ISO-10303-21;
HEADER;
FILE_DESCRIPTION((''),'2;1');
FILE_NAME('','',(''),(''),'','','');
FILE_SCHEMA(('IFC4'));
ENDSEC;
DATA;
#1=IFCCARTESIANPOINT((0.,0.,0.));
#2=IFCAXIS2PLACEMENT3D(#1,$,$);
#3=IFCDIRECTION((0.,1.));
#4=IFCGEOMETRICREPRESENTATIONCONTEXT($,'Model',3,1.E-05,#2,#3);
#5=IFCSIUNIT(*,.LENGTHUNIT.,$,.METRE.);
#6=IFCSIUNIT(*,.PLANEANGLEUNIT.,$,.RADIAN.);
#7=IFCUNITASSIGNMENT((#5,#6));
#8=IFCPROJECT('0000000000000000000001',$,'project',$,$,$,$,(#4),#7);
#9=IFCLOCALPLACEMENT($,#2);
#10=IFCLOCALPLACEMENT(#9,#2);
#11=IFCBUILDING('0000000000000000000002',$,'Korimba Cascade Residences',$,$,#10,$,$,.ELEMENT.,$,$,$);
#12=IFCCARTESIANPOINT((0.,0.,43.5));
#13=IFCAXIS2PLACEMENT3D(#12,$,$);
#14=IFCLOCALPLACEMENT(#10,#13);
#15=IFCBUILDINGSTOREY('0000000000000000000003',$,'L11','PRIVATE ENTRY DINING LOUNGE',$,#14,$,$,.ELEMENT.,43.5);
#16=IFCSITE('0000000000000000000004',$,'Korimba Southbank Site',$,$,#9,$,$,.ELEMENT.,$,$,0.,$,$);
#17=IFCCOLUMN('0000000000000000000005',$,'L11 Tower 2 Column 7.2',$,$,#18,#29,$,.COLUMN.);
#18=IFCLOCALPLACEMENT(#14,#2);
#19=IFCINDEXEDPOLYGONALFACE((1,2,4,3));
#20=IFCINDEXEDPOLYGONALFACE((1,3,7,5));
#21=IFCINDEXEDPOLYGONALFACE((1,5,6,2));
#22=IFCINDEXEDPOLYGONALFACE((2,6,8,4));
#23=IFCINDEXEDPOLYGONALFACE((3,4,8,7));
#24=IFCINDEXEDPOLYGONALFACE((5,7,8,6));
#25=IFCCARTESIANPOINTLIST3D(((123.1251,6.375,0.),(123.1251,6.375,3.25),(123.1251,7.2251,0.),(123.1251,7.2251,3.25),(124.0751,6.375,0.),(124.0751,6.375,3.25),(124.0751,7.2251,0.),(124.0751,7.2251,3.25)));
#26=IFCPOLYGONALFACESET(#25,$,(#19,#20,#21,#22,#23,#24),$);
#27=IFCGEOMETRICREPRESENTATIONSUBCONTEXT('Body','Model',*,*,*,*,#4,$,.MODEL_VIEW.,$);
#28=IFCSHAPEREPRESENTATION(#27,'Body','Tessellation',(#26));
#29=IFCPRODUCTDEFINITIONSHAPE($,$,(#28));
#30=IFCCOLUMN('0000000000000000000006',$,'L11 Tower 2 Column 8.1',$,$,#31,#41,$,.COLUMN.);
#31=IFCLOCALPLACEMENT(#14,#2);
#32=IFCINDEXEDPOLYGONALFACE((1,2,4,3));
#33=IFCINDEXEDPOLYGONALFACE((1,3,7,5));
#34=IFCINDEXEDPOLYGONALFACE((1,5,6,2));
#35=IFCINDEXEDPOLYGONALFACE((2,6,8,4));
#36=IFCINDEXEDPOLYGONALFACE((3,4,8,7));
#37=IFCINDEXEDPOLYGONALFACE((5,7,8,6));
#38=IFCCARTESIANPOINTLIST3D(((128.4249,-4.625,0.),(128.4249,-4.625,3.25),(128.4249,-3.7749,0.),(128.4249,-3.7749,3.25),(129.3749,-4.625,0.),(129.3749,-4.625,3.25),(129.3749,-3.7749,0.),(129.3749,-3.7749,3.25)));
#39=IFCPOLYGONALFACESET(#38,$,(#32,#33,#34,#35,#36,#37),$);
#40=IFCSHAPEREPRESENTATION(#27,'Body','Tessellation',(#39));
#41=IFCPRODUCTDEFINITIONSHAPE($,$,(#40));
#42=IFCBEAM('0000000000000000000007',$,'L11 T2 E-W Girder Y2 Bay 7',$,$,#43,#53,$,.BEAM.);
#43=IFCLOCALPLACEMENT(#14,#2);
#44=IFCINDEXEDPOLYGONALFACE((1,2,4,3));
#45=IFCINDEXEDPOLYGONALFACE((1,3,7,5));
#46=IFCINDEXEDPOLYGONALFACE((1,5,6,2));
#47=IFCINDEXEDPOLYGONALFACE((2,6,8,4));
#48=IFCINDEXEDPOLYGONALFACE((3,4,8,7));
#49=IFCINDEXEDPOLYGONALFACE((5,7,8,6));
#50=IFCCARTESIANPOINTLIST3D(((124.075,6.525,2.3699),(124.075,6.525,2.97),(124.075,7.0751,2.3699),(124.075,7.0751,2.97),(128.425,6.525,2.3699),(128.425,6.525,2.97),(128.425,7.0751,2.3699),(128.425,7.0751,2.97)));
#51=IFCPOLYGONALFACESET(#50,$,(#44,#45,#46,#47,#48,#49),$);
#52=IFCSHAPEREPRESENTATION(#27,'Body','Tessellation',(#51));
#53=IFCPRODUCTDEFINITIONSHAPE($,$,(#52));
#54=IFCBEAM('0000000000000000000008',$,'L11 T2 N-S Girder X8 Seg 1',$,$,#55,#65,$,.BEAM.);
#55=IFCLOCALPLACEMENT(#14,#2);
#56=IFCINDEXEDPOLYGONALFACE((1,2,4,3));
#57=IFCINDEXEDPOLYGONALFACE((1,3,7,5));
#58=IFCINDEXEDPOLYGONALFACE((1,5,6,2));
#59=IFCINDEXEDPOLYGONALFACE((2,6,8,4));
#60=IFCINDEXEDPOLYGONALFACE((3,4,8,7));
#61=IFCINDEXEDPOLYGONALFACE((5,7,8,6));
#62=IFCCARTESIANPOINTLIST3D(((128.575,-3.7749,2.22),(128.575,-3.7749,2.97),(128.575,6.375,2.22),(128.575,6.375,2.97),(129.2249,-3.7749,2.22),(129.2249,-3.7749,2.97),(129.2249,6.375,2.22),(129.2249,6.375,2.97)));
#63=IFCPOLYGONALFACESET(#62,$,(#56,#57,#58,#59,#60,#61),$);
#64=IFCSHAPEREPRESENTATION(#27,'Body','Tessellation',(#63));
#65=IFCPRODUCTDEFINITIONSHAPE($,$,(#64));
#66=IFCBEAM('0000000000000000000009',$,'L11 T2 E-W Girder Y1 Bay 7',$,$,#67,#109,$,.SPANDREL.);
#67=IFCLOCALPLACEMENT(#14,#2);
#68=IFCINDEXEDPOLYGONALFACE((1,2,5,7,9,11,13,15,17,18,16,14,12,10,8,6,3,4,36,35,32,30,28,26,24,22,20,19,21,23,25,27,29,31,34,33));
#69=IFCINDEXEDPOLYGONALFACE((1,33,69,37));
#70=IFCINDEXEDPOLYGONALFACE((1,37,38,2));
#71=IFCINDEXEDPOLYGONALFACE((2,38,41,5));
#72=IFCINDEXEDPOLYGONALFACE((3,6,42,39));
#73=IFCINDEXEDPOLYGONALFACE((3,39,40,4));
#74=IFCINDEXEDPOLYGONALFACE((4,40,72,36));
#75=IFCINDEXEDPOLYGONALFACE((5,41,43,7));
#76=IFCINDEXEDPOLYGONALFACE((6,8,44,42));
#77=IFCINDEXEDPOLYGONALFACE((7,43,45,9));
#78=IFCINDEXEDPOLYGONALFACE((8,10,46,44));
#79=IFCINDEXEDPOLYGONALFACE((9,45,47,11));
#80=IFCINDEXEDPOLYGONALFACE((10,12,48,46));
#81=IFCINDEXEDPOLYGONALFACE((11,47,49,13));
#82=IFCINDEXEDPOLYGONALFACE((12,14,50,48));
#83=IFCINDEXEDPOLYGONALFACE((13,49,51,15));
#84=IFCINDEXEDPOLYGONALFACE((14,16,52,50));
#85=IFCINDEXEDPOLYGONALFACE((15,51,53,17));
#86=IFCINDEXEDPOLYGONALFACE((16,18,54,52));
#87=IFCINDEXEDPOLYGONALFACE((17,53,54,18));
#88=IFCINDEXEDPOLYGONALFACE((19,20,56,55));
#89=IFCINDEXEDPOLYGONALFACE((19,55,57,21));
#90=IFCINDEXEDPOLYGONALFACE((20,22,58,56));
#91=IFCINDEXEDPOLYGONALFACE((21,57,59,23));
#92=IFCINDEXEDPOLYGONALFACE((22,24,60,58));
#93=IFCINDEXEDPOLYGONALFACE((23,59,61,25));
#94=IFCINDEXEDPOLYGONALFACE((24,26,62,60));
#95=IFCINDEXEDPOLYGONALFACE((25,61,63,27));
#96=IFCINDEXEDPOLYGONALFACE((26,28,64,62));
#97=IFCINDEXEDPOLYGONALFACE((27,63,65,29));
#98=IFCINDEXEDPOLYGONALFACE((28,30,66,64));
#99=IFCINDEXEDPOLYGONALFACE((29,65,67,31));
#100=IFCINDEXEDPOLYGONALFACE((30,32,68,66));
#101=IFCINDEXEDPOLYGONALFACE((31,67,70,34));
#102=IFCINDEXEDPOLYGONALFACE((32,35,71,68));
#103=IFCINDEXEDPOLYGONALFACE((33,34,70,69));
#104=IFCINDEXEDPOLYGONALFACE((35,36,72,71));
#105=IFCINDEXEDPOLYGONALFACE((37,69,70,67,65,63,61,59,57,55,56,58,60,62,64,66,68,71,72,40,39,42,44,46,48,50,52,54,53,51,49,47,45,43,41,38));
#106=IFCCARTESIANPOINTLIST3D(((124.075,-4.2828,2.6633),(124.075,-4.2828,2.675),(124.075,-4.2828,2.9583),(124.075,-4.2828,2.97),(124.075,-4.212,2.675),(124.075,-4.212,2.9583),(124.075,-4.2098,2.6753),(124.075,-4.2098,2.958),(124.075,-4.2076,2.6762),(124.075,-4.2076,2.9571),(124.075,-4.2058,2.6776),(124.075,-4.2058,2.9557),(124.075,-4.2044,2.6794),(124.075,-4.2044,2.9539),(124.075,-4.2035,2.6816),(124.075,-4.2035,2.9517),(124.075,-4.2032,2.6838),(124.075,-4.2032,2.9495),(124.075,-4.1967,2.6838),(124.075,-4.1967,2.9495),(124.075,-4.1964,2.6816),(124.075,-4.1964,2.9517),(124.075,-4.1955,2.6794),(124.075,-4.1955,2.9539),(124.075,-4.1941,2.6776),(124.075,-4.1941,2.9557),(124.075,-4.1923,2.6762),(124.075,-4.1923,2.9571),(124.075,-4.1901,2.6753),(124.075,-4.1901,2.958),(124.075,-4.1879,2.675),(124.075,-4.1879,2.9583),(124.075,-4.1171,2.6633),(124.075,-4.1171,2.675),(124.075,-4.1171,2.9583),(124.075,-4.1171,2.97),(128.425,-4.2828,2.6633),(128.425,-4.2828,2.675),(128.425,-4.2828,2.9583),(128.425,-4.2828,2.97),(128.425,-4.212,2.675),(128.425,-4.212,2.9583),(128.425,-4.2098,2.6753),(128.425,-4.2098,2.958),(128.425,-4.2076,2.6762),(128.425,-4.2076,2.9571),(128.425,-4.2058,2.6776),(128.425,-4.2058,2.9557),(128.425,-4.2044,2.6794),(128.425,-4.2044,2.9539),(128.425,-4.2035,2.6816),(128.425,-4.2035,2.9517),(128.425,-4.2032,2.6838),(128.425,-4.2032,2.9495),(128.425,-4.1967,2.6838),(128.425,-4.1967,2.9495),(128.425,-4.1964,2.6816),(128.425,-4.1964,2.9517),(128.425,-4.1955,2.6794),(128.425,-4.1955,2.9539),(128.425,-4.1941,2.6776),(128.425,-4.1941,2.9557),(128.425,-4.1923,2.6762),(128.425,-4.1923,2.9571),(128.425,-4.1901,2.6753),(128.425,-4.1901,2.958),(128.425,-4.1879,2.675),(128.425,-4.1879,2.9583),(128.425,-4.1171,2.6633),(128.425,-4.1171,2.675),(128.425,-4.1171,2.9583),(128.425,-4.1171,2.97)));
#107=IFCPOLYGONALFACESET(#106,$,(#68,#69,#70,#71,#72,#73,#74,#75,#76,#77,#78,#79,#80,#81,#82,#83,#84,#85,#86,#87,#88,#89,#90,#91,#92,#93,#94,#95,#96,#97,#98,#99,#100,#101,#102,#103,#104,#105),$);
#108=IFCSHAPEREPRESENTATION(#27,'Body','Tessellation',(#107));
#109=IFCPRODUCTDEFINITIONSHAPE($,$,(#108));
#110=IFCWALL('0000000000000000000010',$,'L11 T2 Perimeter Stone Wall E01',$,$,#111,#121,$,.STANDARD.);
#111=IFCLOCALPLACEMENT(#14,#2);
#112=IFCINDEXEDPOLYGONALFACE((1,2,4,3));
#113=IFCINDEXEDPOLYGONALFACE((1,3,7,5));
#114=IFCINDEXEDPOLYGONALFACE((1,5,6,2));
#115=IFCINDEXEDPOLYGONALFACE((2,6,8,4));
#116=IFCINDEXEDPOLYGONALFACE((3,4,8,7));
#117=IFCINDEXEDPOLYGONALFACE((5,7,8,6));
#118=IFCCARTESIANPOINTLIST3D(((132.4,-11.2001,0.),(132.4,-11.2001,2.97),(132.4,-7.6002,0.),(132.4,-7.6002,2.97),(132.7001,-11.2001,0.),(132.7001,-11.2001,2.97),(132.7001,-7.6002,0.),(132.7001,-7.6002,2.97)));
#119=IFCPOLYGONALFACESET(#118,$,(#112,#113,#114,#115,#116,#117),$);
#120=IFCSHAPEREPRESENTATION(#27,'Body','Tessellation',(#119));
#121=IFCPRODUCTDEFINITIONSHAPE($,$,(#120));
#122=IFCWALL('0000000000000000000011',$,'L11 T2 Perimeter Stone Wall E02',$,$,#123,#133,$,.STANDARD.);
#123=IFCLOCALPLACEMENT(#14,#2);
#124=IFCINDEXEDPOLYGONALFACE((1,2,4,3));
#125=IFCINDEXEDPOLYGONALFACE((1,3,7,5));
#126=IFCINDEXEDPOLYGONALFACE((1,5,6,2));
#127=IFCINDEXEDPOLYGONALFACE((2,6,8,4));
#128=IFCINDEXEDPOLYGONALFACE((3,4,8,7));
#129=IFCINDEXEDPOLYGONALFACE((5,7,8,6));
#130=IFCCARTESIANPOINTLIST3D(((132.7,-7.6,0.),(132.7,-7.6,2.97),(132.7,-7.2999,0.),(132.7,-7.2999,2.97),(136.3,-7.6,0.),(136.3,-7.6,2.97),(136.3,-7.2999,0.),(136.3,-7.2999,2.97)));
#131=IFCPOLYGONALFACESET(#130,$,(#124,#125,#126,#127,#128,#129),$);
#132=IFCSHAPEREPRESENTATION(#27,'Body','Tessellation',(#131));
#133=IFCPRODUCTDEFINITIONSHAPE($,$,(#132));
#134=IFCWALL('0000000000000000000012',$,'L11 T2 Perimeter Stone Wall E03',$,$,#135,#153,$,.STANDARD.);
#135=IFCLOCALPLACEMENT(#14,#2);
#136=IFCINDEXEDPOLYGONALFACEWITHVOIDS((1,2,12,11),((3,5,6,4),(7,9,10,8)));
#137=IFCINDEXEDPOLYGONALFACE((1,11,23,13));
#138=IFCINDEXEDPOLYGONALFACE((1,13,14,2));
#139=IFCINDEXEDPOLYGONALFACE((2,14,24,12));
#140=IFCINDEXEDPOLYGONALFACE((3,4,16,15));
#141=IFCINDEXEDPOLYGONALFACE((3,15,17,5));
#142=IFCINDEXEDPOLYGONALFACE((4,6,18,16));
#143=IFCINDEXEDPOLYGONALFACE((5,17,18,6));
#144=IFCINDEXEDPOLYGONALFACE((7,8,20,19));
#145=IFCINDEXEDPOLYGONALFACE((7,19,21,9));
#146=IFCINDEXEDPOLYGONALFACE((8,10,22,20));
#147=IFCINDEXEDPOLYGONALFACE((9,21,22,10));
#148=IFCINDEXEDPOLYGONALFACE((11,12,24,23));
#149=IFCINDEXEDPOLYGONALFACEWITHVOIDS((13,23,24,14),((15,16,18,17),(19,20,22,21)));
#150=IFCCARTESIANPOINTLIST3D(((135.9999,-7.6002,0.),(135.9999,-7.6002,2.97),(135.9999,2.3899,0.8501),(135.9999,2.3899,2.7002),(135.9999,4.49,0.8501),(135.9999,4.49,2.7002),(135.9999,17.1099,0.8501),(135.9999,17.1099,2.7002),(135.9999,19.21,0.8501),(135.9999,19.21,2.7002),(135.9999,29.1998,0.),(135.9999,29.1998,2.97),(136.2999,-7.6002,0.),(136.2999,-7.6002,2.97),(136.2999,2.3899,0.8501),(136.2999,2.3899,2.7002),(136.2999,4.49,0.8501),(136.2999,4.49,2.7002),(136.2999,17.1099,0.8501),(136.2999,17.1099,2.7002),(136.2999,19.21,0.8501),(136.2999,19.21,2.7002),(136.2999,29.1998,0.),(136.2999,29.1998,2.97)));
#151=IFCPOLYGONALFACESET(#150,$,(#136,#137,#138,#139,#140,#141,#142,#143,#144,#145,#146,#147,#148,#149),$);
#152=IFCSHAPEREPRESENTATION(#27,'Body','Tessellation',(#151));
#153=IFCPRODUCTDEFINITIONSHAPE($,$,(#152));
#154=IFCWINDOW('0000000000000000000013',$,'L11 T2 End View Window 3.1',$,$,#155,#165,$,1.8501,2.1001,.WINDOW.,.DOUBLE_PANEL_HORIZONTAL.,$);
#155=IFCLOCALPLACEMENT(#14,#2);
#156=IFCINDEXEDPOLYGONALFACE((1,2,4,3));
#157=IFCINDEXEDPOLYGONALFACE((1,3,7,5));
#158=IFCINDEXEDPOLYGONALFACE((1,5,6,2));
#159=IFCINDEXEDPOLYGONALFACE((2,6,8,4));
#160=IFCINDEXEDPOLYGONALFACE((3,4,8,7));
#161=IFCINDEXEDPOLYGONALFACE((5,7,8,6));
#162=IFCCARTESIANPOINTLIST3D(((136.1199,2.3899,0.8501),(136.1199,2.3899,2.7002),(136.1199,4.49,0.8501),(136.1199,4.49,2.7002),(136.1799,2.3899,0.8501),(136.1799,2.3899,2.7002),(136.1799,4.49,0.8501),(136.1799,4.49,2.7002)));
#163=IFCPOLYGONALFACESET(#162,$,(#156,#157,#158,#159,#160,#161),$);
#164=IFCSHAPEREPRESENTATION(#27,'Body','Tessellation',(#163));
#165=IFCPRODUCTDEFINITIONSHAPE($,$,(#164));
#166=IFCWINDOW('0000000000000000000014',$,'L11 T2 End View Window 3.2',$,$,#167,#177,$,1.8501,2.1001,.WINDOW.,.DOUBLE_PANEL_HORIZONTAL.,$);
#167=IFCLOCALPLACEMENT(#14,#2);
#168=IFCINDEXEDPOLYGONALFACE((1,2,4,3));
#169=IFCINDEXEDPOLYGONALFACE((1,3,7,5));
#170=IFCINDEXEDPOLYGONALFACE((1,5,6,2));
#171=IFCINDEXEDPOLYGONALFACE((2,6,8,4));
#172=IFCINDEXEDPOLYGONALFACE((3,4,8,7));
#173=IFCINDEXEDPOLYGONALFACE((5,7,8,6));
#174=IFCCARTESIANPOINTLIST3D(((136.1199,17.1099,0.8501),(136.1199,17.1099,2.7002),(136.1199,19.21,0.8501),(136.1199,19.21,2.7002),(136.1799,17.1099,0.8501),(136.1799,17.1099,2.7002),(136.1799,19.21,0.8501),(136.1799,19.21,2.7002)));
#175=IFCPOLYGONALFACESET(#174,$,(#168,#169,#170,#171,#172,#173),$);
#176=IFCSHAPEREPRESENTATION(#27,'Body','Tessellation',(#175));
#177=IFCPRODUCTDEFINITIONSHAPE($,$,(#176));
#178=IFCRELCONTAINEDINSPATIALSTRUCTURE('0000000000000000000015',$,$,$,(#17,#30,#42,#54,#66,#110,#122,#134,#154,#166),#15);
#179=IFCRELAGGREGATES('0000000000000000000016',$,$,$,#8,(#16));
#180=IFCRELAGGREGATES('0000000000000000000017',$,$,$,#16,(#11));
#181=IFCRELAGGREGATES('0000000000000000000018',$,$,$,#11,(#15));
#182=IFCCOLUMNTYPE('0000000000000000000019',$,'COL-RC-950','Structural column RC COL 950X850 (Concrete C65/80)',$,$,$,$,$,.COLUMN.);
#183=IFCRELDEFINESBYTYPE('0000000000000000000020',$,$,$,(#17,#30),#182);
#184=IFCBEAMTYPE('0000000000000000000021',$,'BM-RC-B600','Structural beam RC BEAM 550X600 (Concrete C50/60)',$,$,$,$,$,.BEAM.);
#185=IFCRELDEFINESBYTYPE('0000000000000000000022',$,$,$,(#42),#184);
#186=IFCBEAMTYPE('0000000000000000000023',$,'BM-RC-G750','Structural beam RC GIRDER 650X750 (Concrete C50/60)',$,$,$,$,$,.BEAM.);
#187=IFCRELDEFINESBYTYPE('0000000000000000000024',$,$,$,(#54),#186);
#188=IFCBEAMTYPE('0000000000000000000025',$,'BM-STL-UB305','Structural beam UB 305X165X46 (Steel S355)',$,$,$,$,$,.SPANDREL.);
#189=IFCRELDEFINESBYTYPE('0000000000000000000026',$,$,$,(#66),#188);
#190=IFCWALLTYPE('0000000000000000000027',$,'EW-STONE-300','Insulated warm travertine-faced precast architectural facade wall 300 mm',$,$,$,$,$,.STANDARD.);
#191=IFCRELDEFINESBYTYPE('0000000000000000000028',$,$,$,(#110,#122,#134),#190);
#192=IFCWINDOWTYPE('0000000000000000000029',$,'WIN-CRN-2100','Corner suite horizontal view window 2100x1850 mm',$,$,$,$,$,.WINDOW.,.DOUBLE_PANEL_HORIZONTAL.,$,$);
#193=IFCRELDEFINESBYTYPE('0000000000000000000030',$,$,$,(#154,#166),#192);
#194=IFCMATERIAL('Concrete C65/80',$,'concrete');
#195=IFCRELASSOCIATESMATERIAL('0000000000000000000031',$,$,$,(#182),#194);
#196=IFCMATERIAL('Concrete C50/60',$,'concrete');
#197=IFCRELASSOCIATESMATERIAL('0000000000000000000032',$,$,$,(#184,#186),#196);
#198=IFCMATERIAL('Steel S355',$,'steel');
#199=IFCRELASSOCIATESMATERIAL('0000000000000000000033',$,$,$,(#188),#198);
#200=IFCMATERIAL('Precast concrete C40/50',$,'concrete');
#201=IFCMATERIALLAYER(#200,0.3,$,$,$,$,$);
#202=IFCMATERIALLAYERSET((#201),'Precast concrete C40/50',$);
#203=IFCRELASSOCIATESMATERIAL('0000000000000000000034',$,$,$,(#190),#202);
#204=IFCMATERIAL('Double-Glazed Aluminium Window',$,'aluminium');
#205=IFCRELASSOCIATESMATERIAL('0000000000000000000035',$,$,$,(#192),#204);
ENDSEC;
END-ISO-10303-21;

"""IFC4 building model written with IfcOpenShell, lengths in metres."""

from ifc_helpers import new_model, si_unit, direction, frame, frame_2d, origin, origin_2d, place, context, subcontext, project, spatial, rectangle, i_section, extrude, material, layer, layer_set, material_profile, profile_set, type_object, element, fill, save


model = new_model("IFC4")

# Units and contexts
model_context = context("Model", 3, precision=1e-05, world=origin(), true_north=direction((0.0, 1.0)))
body_context = subcontext(model_context, "Body", "Model", "MODEL_VIEW")
ifc_project = project(units=[si_unit("LENGTHUNIT", "METRE"), si_unit("PLANEANGLEUNIT", "RADIAN")], contexts=[model_context])

# Site, building, storey
site_placement = place(None, origin())
site = spatial("IfcSite", under=ifc_project, at=site_placement, Name="Korimba Southbank Site", CompositionType="ELEMENT", RefElevation=0.0)
building_placement = place(site_placement, origin())
building = spatial("IfcBuilding", under=site, at=building_placement, Name="Korimba Cascade Residences", CompositionType="ELEMENT")
storey_placement = place(building_placement, frame((0.0, 0.0, 43.5)))
storey = spatial("IfcBuildingStorey", under=building, at=storey_placement, Name="L11", Description="PRIVATE ENTRY DINING LOUNGE", CompositionType="ELEMENT", Elevation=43.5)

# Columns
ifc_material_1 = material(Name="Concrete C65/80", Category="concrete")
ifc_material_profile_1 = material_profile(ifc_material_1, rectangle(XDim=0.95, YDim=0.8501, at=origin_2d()), Name="Concrete C65/80")
ifc_profile_set_1 = profile_set([ifc_material_profile_1], Name="Concrete C65/80")
column_type = type_object("IfcColumnType", Name="COL-RC-950", Description="Structural column RC COL 950X850 (Concrete C65/80)", PredefinedType="COLUMN", material=ifc_profile_set_1)
for number, where, z_axis, x_axis, name in (
    (1, (123.6001, 6.8, 0.0), (0.0, 0.0, 1.0), (1.0, 0.0, 0.0), "L11 Tower 2 Column 7.2"),
    (2, (128.8999, -4.2, 0.0), (0.0, 0.0, 1.0), (1.0, 0.0, 0.0), "L11 Tower 2 Column 8.1"),
):
    element("IfcColumn", number, at=place(storey_placement, frame(where, z_axis=z_axis, x_axis=x_axis)), inside=storey, type_object=column_type, Name=name, PredefinedType="COLUMN", context=body_context, shape_type="SweptSolid", body=[
        extrude(rectangle(XDim=0.95, YDim=0.8501, at=origin_2d()), origin(), (0.0, 0.0, 1.0), 3.25),
    ])

# Beams
ifc_material_2 = material(Name="Concrete C50/60", Category="concrete")
ifc_material_profile_2 = material_profile(ifc_material_2, rectangle(XDim=0.55, YDim=0.6001, at=origin_2d()), Name="Concrete C50/60")
ifc_profile_set_2 = profile_set([ifc_material_profile_2], Name="Concrete C50/60")
beam_type_1 = type_object("IfcBeamType", Name="BM-RC-B600", Description="Structural beam RC BEAM 550X600 (Concrete C50/60)", PredefinedType="BEAM", material=ifc_profile_set_2)
beam_1_placement = place(storey_placement, frame((124.075, 6.8, 2.6699), z_axis=(1.0, 0.0, 0.0), x_axis=(0.0, 1.0, 0.0)))
element("IfcBeam", 3, at=beam_1_placement, inside=storey, type_object=beam_type_1, Name="L11 T2 E-W Girder Y2 Bay 7", PredefinedType="BEAM", context=body_context, shape_type="SweptSolid", body=[
    extrude(rectangle(XDim=0.55, YDim=0.6001, at=origin_2d()), origin(), (0.0, 0.0, 1.0), 4.3501),
])
ifc_material_profile_3 = material_profile(ifc_material_2, rectangle(XDim=0.6499, YDim=0.75, at=origin_2d()), Name="Concrete C50/60")
ifc_profile_set_3 = profile_set([ifc_material_profile_3], Name="Concrete C50/60")
beam_type_2 = type_object("IfcBeamType", Name="BM-RC-G750", Description="Structural beam RC GIRDER 650X750 (Concrete C50/60)", PredefinedType="BEAM", material=ifc_profile_set_3)
beam_2_placement = place(storey_placement, frame((128.8999, -3.7749, 2.595), z_axis=(0.0, 1.0, 0.0), x_axis=(-1.0, 0.0, 0.0)))
element("IfcBeam", 4, at=beam_2_placement, inside=storey, type_object=beam_type_2, Name="L11 T2 N-S Girder X8 Seg 1", PredefinedType="BEAM", context=body_context, shape_type="SweptSolid", body=[
    extrude(rectangle(XDim=0.6499, YDim=0.75, at=origin_2d()), origin(), (0.0, 0.0, 1.0), 10.1499),
])
ifc_material_3 = material(Name="Steel S355", Category="steel")
ifc_material_profile_4 = material_profile(ifc_material_3, i_section(OverallWidth=0.1658, OverallDepth=0.3066, WebThickness=0.0066, FlangeThickness=0.0117, FilletRadius=0.0088, at=origin_2d()), Name="Steel S355")
ifc_profile_set_4 = profile_set([ifc_material_profile_4], Name="Steel S355")
beam_type_3 = type_object("IfcBeamType", Name="BM-STL-UB305", Description="Structural beam UB 305X165X46 (Steel S355)", PredefinedType="SPANDREL", material=ifc_profile_set_4)
beam_3_placement = place(storey_placement, frame((124.075, -4.2, 2.8167), z_axis=(1.0, 0.0, 0.0), x_axis=(0.0, 1.0, 0.0)))
element("IfcBeam", 5, at=beam_3_placement, inside=storey, type_object=beam_type_3, Name="L11 T2 E-W Girder Y1 Bay 7", PredefinedType="SPANDREL", context=body_context, shape_type="SweptSolid", body=[
    extrude(i_section(OverallWidth=0.1658, OverallDepth=0.3066, WebThickness=0.0066, FlangeThickness=0.0117, FilletRadius=0.0088, at=origin_2d()), origin(), (0.0, 0.0, 1.0), 4.3501),
])

# Walls
ifc_material_4 = material(Name="Precast concrete C40/50", Category="concrete")
ifc_layer_1 = layer(ifc_material_4, 0.3)
ifc_layer_set_1 = layer_set([ifc_layer_1], Name="Precast concrete C40/50")
wall_type_1 = type_object("IfcWallType", Name="EW-STONE-300", Description="Insulated warm travertine-faced precast architectural facade wall 300 mm", PredefinedType="STANDARD", material=ifc_layer_set_1)
wall_1_placement = place(storey_placement, frame((132.55, -11.2, 0.0), z_axis=(0.0, 0.0, 1.0), x_axis=(0.0, 1.0, 0.0)))
element("IfcWall", 6, at=wall_1_placement, inside=storey, type_object=wall_type_1, Name="L11 T2 Perimeter Stone Wall E01", PredefinedType="STANDARD", context=body_context, shape_type="SweptSolid", body=[
    extrude(rectangle(XDim=3.5999, YDim=0.3, at=frame_2d((1.7998, 0.0))), origin(), (0.0, 0.0, 1.0), 2.97),
])
wall_2_placement = place(storey_placement, frame((132.7, -7.45, 0.0), z_axis=(0.0, 0.0, 1.0), x_axis=(1.0, 0.0, 0.0)))
element("IfcWall", 7, at=wall_2_placement, inside=storey, type_object=wall_type_1, Name="L11 T2 Perimeter Stone Wall E02", PredefinedType="STANDARD", context=body_context, shape_type="SweptSolid", body=[
    extrude(rectangle(XDim=3.6001, YDim=0.3, at=frame_2d((1.8, 0.0))), origin(), (0.0, 0.0, 1.0), 2.97),
])

# Wall, openings, windows
wall_3_placement = place(storey_placement, frame((136.1499, -7.6001, 0.0), z_axis=(0.0, 0.0, 1.0), x_axis=(0.0, 1.0, 0.0)))
wall_3 = element("IfcWall", 8, at=wall_3_placement, inside=storey, type_object=wall_type_1, Name="L11 T2 Perimeter Stone Wall E03", PredefinedType="STANDARD", context=body_context, shape_type="SweptSolid", body=[
    extrude(rectangle(XDim=36.8, YDim=0.3, at=frame_2d((18.3999, 0.0))), origin(), (0.0, 0.0, 1.0), 2.97),
])
opening_1_placement = place(wall_3_placement, frame((9.99, 0.0, 0.8501)))
opening_1 = element("IfcOpeningElement", 9, at=opening_1_placement, cuts=wall_3, PredefinedType="OPENING", context=body_context, shape_type="SweptSolid", body=[
    extrude(rectangle(XDim=2.1001, YDim=1.8501, at=frame_2d((1.05, 0.925))), frame((0.0, 0.1602, 0.0), z_axis=(0.0, -1.0, 0.0), x_axis=(1.0, 0.0, 0.0)), (0.0, 0.0, 1.0), 0.3201),
])
opening_2_placement = place(wall_3_placement, frame((24.71, 0.0, 0.8501)))
opening_2 = element("IfcOpeningElement", 10, at=opening_2_placement, cuts=wall_3, PredefinedType="OPENING", context=body_context, shape_type="SweptSolid", body=[
    extrude(rectangle(XDim=2.1001, YDim=1.8501, at=frame_2d((1.05, 0.925))), frame((0.0, 0.1602, 0.0), z_axis=(0.0, -1.0, 0.0), x_axis=(1.0, 0.0, 0.0)), (0.0, 0.0, 1.0), 0.3201),
])
ifc_material_5 = material(Name="Double-Glazed Aluminium Window", Category="aluminium")
window_type = type_object("IfcWindowType", Name="WIN-CRN-2100", Description="Corner suite horizontal view window 2100x1850 mm", PartitioningType="DOUBLE_PANEL_HORIZONTAL", PredefinedType="WINDOW", material=ifc_material_5)
window_1_placement = place(opening_1_placement, origin())
window_1 = element("IfcWindow", 11, at=window_1_placement, inside=storey, type_object=window_type, Name="L11 T2 End View Window 3.1", OverallHeight=1.8501, OverallWidth=2.1001, PartitioningType="DOUBLE_PANEL_HORIZONTAL", PredefinedType="WINDOW", context=body_context, shape_type="SweptSolid", body=[
    extrude(rectangle(XDim=2.1001, YDim=1.8501, at=frame_2d((1.05, 0.925))), frame((0.0, 0.03, 0.0), z_axis=(0.0, -1.0, 0.0), x_axis=(1.0, 0.0, 0.0)), (0.0, 0.0, 1.0), 0.0601),
])
fill(opening_1, window_1)
window_2_placement = place(opening_2_placement, origin())
window_2 = element("IfcWindow", 12, at=window_2_placement, inside=storey, type_object=window_type, Name="L11 T2 End View Window 3.2", OverallHeight=1.8501, OverallWidth=2.1001, PartitioningType="DOUBLE_PANEL_HORIZONTAL", PredefinedType="WINDOW", context=body_context, shape_type="SweptSolid", body=[
    extrude(rectangle(XDim=2.1001, YDim=1.8501, at=frame_2d((1.05, 0.925))), frame((0.0, 0.03, 0.0), z_axis=(0.0, -1.0, 0.0), x_axis=(1.0, 0.0, 0.0)), (0.0, 0.0, 1.0), 0.0601),
])
fill(opening_2, window_2)

save(model, "model.ifc")
